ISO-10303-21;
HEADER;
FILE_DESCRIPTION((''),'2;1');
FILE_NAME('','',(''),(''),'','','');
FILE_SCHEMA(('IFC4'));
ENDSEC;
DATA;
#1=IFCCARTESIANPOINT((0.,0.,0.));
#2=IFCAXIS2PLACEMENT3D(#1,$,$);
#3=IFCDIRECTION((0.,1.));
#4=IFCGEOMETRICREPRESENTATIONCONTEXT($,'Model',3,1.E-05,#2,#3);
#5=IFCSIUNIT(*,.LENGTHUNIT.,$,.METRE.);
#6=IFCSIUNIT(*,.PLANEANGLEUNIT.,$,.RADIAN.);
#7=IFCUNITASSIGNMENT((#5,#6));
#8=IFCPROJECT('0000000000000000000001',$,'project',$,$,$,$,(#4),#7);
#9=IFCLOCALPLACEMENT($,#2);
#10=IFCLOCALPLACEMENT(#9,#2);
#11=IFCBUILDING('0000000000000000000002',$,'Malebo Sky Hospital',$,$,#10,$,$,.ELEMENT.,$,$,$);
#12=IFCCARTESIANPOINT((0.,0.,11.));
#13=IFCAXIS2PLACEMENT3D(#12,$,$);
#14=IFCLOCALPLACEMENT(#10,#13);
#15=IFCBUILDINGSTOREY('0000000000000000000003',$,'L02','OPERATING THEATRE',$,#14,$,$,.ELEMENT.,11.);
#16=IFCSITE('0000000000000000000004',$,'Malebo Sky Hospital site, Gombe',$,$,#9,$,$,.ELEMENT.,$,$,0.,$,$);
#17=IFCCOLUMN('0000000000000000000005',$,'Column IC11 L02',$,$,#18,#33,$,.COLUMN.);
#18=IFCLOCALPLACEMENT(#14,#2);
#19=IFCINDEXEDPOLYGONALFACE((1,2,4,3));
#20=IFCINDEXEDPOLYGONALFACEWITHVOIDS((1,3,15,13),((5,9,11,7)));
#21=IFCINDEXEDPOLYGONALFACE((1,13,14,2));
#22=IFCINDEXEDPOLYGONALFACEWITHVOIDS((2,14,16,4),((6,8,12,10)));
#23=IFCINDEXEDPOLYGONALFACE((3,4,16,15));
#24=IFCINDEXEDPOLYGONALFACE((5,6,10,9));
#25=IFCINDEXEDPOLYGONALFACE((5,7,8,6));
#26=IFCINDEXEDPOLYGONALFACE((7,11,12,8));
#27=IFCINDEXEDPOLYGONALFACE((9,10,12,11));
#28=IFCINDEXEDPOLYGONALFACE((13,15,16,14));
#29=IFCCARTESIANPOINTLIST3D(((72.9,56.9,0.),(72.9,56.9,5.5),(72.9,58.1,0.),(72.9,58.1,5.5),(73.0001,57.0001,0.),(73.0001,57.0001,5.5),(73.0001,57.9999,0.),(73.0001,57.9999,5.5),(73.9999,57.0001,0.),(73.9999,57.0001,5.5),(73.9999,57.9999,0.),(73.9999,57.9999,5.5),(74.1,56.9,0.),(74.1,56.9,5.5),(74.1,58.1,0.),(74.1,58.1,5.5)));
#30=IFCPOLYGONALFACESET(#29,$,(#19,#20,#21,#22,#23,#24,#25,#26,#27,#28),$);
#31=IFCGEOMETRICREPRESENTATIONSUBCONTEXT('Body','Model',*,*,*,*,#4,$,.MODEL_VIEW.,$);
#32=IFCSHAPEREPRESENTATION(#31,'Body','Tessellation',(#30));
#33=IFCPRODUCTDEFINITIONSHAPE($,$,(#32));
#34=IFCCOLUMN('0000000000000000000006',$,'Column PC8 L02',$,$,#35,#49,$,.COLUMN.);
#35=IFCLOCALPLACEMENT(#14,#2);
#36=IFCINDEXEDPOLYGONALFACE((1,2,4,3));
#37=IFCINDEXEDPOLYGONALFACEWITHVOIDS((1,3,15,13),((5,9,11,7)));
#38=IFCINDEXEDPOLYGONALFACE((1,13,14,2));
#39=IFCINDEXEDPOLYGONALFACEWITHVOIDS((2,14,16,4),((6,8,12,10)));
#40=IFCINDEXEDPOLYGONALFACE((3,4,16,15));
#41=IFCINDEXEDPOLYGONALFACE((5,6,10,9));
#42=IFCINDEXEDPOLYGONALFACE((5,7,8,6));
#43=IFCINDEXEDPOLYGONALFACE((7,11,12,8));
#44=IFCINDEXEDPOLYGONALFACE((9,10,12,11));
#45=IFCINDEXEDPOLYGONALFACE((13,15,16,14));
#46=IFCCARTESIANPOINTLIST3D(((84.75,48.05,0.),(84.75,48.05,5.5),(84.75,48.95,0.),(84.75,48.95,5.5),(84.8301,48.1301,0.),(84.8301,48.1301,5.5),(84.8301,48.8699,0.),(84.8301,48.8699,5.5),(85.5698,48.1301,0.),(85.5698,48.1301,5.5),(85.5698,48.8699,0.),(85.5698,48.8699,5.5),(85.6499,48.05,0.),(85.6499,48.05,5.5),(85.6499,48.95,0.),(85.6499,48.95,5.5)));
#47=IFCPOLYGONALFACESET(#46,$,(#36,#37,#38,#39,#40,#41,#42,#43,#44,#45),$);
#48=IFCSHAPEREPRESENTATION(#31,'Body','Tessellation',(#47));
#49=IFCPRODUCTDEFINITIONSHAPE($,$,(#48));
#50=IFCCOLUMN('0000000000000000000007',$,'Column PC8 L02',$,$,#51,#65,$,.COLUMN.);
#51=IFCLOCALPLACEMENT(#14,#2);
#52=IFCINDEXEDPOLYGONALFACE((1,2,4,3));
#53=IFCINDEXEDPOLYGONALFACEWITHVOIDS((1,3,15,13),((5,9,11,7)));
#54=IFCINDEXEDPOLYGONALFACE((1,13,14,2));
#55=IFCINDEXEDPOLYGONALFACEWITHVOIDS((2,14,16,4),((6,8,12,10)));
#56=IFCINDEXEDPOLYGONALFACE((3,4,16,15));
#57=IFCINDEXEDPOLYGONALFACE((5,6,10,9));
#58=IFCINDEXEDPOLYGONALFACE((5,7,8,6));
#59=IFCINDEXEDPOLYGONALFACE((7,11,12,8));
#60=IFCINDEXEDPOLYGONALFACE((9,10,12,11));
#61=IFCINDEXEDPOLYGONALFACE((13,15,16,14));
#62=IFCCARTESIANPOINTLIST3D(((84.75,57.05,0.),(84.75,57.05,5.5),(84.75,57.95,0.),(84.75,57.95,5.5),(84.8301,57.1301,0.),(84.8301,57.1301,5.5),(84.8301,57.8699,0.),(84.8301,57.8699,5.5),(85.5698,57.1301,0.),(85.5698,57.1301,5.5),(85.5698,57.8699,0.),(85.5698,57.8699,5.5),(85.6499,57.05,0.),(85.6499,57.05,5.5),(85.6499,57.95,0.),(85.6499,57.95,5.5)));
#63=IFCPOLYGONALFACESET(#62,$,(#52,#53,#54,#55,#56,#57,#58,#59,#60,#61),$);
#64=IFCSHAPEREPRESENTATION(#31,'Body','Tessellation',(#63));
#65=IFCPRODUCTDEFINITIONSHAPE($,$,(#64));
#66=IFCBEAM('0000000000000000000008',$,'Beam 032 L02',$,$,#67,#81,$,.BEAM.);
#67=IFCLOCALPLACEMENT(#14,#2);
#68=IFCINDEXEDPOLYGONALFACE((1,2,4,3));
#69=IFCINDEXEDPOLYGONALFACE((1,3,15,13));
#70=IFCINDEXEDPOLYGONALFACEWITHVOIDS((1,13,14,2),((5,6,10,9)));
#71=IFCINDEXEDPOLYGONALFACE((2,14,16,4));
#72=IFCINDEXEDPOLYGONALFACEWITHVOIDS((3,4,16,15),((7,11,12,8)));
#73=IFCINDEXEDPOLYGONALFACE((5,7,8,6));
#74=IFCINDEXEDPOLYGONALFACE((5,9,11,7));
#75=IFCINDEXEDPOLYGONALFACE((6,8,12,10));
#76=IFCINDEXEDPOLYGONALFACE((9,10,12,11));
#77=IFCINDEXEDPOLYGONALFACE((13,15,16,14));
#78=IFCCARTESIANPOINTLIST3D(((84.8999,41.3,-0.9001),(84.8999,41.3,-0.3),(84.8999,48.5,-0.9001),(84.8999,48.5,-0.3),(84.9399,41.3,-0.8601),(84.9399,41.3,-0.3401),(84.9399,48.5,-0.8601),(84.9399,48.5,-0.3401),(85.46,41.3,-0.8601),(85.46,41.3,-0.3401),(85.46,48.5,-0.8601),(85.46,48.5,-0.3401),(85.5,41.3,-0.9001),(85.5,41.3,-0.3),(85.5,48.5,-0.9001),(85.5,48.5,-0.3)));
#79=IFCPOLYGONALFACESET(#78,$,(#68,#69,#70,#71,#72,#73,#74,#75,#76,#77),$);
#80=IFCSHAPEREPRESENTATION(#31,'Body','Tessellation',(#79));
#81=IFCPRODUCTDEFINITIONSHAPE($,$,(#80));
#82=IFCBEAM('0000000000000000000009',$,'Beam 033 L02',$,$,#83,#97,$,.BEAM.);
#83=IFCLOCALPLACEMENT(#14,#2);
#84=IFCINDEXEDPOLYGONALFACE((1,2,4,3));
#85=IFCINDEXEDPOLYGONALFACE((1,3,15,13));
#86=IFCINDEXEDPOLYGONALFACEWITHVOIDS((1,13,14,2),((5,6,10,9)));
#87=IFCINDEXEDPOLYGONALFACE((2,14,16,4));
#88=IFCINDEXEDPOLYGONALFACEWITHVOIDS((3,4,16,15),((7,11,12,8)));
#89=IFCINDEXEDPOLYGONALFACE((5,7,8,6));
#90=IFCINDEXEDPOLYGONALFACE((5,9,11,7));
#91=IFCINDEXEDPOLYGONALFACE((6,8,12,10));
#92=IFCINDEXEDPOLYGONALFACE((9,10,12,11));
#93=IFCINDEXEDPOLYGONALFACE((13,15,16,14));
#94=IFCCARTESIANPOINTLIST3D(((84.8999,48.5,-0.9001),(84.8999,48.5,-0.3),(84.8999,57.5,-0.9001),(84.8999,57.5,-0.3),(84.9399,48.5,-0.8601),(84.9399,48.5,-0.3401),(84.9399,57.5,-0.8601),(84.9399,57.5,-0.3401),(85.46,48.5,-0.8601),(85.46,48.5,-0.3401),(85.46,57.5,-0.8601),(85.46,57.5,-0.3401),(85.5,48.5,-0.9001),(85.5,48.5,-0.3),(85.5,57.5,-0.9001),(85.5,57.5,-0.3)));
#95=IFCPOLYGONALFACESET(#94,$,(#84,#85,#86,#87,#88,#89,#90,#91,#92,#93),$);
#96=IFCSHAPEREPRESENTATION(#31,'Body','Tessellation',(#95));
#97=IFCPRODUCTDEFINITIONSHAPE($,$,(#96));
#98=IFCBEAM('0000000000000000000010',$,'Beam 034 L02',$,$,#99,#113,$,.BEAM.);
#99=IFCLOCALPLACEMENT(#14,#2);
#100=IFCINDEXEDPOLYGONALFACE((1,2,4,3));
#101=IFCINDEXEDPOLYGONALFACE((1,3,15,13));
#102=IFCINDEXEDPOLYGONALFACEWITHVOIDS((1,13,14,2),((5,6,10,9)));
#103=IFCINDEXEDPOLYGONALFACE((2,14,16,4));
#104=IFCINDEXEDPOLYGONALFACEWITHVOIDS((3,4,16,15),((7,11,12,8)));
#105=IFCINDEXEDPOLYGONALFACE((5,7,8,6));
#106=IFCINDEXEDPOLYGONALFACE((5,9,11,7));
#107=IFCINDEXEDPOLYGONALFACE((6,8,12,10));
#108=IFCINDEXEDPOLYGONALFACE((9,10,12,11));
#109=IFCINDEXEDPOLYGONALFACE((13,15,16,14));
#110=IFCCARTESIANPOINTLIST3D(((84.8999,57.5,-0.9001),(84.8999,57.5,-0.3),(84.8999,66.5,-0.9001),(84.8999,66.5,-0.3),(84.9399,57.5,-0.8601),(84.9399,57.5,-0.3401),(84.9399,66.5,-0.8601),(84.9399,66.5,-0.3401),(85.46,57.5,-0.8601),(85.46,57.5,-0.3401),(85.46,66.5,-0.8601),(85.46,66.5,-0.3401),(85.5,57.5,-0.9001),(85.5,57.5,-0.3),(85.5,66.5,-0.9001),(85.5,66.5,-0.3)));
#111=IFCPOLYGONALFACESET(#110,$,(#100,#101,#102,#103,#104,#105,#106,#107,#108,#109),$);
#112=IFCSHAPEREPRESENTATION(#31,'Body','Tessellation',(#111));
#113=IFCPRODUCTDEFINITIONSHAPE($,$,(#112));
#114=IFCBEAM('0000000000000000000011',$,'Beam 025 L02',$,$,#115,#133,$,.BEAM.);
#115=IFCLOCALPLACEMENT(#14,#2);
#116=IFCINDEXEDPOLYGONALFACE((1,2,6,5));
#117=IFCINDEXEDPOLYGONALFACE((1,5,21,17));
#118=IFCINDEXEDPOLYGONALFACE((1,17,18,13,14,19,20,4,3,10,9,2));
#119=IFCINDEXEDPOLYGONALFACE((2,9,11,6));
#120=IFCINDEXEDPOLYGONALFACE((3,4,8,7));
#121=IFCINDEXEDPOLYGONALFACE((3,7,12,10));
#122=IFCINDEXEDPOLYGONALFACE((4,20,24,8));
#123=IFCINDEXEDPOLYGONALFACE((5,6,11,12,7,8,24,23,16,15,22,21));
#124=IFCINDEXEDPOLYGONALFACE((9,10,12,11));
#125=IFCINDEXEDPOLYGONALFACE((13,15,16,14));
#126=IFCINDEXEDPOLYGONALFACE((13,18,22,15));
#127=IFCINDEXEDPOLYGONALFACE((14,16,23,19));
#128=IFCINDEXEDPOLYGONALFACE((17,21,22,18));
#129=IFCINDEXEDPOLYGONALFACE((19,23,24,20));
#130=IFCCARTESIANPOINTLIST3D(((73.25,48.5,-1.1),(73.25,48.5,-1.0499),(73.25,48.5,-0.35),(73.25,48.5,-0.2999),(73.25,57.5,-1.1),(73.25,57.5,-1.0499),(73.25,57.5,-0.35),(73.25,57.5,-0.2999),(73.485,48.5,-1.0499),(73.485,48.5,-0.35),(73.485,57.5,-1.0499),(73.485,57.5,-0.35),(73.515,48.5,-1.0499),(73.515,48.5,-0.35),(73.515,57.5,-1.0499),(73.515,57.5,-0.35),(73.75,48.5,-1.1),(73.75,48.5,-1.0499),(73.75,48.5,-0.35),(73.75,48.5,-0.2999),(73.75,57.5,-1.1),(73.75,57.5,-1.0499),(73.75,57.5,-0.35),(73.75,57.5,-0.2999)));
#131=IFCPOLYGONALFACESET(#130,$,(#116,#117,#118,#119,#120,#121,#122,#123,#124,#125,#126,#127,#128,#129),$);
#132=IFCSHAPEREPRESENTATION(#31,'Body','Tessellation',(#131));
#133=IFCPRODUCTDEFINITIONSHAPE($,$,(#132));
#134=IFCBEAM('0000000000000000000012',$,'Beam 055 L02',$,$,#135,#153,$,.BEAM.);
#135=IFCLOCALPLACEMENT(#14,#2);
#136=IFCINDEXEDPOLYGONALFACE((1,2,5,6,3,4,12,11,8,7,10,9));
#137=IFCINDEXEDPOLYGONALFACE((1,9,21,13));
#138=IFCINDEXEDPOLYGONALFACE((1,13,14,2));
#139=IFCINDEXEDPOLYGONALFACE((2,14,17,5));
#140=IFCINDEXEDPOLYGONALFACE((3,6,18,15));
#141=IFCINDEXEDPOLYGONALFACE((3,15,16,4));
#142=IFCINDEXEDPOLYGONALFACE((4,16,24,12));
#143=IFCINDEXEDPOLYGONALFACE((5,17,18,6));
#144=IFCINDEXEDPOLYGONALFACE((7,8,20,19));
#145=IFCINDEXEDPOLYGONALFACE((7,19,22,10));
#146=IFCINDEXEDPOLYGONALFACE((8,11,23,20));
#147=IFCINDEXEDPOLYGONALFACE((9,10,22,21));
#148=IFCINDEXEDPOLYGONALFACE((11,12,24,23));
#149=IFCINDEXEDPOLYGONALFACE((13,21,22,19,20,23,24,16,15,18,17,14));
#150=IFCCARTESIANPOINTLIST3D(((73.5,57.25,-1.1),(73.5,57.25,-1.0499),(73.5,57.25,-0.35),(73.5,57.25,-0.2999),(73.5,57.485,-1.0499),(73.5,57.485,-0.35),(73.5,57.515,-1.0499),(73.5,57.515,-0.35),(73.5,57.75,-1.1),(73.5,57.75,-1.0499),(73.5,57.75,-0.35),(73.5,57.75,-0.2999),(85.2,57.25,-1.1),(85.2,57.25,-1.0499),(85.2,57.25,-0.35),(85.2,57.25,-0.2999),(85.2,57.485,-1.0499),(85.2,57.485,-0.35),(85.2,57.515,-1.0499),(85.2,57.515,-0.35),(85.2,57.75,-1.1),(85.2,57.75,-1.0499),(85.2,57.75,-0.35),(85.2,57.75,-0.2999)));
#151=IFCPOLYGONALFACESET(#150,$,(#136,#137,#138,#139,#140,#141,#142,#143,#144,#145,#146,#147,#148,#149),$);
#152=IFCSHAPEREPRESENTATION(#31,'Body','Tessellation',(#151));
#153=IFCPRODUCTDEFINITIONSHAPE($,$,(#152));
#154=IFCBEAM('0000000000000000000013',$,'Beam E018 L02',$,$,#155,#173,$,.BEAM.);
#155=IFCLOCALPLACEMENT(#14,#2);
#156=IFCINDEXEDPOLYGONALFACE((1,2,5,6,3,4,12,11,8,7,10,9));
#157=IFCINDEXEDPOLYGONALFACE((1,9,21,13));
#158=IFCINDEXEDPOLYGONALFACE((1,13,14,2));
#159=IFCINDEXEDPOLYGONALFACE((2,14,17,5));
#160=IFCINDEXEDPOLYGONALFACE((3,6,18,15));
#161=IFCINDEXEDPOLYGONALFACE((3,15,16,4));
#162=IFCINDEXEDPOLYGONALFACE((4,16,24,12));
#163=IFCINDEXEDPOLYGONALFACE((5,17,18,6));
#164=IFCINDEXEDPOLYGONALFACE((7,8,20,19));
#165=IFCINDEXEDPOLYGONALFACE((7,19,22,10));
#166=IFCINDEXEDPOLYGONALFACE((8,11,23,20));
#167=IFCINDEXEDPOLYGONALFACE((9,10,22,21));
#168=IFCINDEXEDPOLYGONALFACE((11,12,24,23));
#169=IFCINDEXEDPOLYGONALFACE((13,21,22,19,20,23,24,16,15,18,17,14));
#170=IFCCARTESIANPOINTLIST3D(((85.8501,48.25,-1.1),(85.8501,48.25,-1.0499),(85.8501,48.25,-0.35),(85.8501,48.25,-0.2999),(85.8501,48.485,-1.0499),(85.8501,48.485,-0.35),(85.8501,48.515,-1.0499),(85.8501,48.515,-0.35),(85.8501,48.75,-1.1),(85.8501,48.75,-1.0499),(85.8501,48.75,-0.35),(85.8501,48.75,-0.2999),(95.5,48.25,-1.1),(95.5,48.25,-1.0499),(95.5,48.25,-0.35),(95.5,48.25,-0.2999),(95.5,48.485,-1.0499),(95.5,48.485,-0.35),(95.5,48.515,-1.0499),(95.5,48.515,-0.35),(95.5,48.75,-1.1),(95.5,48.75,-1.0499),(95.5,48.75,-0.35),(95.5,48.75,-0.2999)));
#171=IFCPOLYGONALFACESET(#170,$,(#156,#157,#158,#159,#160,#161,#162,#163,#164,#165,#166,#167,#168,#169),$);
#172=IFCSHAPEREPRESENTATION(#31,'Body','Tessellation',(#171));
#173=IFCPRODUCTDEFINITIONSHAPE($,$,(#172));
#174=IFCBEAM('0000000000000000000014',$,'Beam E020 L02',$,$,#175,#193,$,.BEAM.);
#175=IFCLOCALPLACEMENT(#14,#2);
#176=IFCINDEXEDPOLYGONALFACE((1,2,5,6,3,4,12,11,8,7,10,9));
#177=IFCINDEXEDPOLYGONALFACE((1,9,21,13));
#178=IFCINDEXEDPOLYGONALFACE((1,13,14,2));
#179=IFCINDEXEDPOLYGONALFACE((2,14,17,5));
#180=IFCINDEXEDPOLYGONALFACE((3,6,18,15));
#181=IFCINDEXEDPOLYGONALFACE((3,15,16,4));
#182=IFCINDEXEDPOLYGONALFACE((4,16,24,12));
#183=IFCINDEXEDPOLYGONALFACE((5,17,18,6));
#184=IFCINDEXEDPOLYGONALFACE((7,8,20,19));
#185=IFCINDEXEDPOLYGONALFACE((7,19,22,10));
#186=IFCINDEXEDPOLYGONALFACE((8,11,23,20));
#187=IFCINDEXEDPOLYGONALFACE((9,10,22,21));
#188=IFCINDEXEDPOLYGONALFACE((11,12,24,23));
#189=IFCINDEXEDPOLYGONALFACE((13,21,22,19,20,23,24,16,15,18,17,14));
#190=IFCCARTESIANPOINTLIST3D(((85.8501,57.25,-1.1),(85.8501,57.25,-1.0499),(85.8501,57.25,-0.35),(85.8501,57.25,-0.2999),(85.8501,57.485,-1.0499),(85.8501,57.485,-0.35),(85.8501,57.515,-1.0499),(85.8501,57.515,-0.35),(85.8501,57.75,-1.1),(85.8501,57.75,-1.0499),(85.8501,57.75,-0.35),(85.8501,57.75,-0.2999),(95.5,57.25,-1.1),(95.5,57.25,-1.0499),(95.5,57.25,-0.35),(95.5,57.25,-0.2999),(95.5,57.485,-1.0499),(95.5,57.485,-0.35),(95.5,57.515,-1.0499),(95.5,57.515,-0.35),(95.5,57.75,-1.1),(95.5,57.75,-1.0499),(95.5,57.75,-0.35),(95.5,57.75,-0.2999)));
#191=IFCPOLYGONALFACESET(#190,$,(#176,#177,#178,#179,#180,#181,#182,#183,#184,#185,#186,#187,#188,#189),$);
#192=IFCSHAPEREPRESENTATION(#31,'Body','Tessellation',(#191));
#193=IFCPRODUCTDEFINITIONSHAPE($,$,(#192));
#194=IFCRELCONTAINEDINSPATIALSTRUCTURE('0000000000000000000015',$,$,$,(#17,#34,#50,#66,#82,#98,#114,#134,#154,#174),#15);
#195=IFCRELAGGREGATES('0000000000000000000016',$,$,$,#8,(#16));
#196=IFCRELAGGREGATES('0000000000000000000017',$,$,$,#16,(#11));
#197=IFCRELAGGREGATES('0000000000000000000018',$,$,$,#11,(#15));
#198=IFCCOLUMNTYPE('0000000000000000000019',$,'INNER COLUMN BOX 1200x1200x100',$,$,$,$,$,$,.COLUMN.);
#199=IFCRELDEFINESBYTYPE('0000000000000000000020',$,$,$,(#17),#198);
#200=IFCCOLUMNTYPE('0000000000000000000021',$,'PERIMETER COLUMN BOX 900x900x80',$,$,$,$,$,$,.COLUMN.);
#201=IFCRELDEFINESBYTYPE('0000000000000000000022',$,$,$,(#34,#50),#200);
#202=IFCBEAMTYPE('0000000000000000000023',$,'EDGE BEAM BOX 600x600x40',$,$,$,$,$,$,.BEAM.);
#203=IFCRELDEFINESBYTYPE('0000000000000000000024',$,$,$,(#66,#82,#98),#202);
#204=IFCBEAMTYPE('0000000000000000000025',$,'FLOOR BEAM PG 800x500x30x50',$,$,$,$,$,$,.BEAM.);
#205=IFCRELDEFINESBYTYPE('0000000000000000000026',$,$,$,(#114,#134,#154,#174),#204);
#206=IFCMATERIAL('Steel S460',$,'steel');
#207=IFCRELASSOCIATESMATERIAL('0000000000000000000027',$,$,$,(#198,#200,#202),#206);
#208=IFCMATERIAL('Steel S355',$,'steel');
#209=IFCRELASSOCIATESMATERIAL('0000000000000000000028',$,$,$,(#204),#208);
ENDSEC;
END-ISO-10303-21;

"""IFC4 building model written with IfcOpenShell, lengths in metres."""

from ifc_helpers import new_model, si_unit, direction, frame, origin, origin_2d, place, context, subcontext, project, spatial, hollow_rectangle, i_section, extrude, material, material_profile, profile_set, type_object, element, save


model = new_model("IFC4")

# Units and contexts
model_context = context("Model", 3, precision=1e-05, world=origin(), true_north=direction((0.0, 1.0)))
body_context = subcontext(model_context, "Body", "Model", "MODEL_VIEW")
ifc_project = project(units=[si_unit("LENGTHUNIT", "METRE"), si_unit("PLANEANGLEUNIT", "RADIAN")], contexts=[model_context])

# Site, building, storey
site_placement = place(None, origin())
site = spatial("IfcSite", under=ifc_project, at=site_placement, Name="Malebo Sky Hospital site, Gombe", CompositionType="ELEMENT", RefElevation=0.0)
building_placement = place(site_placement, origin())
building = spatial("IfcBuilding", under=site, at=building_placement, Name="Malebo Sky Hospital", CompositionType="ELEMENT")
storey_placement = place(building_placement, frame((0.0, 0.0, 11.0)))
storey = spatial("IfcBuildingStorey", under=building, at=storey_placement, Name="L02", Description="OPERATING THEATRE", CompositionType="ELEMENT", Elevation=11.0)

# Columns
ifc_material_1 = material(Name="Steel S460", Category="steel")
ifc_material_profile_1 = material_profile(ifc_material_1, hollow_rectangle(XDim=1.2, YDim=1.2, WallThickness=0.1001, at=origin_2d()), Name="BOX 1200x1200x100")
ifc_profile_set_1 = profile_set([ifc_material_profile_1], Name="Steel S460")
column_type_1 = type_object("IfcColumnType", Name="INNER COLUMN BOX 1200x1200x100", PredefinedType="COLUMN", material=ifc_profile_set_1)
column_placement = place(storey_placement, frame((73.5, 57.5, 0.0), z_axis=(0.0, 0.0, 1.0), x_axis=(1.0, 0.0, 0.0)))
element("IfcColumn", 1, at=column_placement, inside=storey, type_object=column_type_1, Name="Column IC11 L02", PredefinedType="COLUMN", context=body_context, shape_type="SweptSolid", body=[
    extrude(hollow_rectangle(XDim=1.2, YDim=1.2, WallThickness=0.1001, at=origin_2d()), origin(), (0.0, 0.0, 1.0), 5.5),
])
ifc_material_profile_2 = material_profile(ifc_material_1, hollow_rectangle(XDim=0.8999, YDim=0.8999, WallThickness=0.0801, at=origin_2d()), Name="BOX 900x900x80")
ifc_profile_set_2 = profile_set([ifc_material_profile_2], Name="Steel S460")
column_type_2 = type_object("IfcColumnType", Name="PERIMETER COLUMN BOX 900x900x80", PredefinedType="COLUMN", material=ifc_profile_set_2)
for number, where, z_axis, x_axis, name in (
    (2, (85.2, 48.5, 0.0), (0.0, 0.0, 1.0), (1.0, 0.0, 0.0), "Column PC8 L02"),
    (3, (85.2, 57.5, 0.0), (0.0, 0.0, 1.0), (1.0, 0.0, 0.0), "Column PC8 L02"),
):
    element("IfcColumn", number, at=place(storey_placement, frame(where, z_axis=z_axis, x_axis=x_axis)), inside=storey, type_object=column_type_2, Name=name, PredefinedType="COLUMN", context=body_context, shape_type="SweptSolid", body=[
        extrude(hollow_rectangle(XDim=0.8999, YDim=0.8999, WallThickness=0.0801, at=origin_2d()), origin(), (0.0, 0.0, 1.0), 5.5),
    ])

# Beams
ifc_material_profile_3 = material_profile(ifc_material_1, hollow_rectangle(XDim=0.6001, YDim=0.6001, WallThickness=0.04, at=origin_2d()), Name="BOX 600x600x40")
ifc_profile_set_3 = profile_set([ifc_material_profile_3], Name="Steel S460")
beam_type_1 = type_object("IfcBeamType", Name="EDGE BEAM BOX 600x600x40", PredefinedType="BEAM", material=ifc_profile_set_3)
beam_1_placement = place(storey_placement, frame((85.2, 41.3, -0.6001), z_axis=(0.0, 1.0, 0.0), x_axis=(-1.0, 0.0, 0.0)))
element("IfcBeam", 4, at=beam_1_placement, inside=storey, type_object=beam_type_1, Name="Beam 032 L02", PredefinedType="BEAM", context=body_context, shape_type="SweptSolid", body=[
    extrude(hollow_rectangle(XDim=0.6001, YDim=0.6001, WallThickness=0.04, at=origin_2d()), origin(), (0.0, 0.0, 1.0), 7.2),
])
for number, where, z_axis, x_axis, name in (
    (5, (85.2, 48.5, -0.6001), (0.0, 1.0, 0.0), (-1.0, 0.0, 0.0), "Beam 033 L02"),
    (6, (85.2, 57.5, -0.6001), (0.0, 1.0, 0.0), (-1.0, 0.0, 0.0), "Beam 034 L02"),
):
    element("IfcBeam", number, at=place(storey_placement, frame(where, z_axis=z_axis, x_axis=x_axis)), inside=storey, type_object=beam_type_1, Name=name, PredefinedType="BEAM", context=body_context, shape_type="SweptSolid", body=[
        extrude(hollow_rectangle(XDim=0.6001, YDim=0.6001, WallThickness=0.04, at=origin_2d()), origin(), (0.0, 0.0, 1.0), 9.0),
    ])
ifc_material_2 = material(Name="Steel S355", Category="steel")
ifc_material_profile_4 = material_profile(ifc_material_2, i_section(OverallWidth=0.5, OverallDepth=0.8, WebThickness=0.03, FlangeThickness=0.05, at=origin_2d()), Name="PG 800x500x30x50")
ifc_profile_set_4 = profile_set([ifc_material_profile_4], Name="Steel S355")
beam_type_2 = type_object("IfcBeamType", Name="FLOOR BEAM PG 800x500x30x50", PredefinedType="BEAM", material=ifc_profile_set_4)
beam_2_placement = place(storey_placement, frame((73.5, 48.5, -0.7), z_axis=(0.0, 1.0, 0.0), x_axis=(-1.0, 0.0, 0.0)))
element("IfcBeam", 7, at=beam_2_placement, inside=storey, type_object=beam_type_2, Name="Beam 025 L02", PredefinedType="BEAM", context=body_context, shape_type="SweptSolid", body=[
    extrude(i_section(OverallWidth=0.5, OverallDepth=0.8, WebThickness=0.03, FlangeThickness=0.05, at=origin_2d()), origin(), (0.0, 0.0, 1.0), 9.0),
])
beam_3_placement = place(storey_placement, frame((73.5, 57.5, -0.7), z_axis=(1.0, 0.0, 0.0), x_axis=(0.0, 1.0, 0.0)))
element("IfcBeam", 8, at=beam_3_placement, inside=storey, type_object=beam_type_2, Name="Beam 055 L02", PredefinedType="BEAM", context=body_context, shape_type="SweptSolid", body=[
    extrude(i_section(OverallWidth=0.5, OverallDepth=0.8, WebThickness=0.03, FlangeThickness=0.05, at=origin_2d()), origin(), (0.0, 0.0, 1.0), 11.7),
])
for number, where, z_axis, x_axis, name in (
    (9, (85.8501, 48.5, -0.7), (1.0, 0.0, 0.0), (0.0, 1.0, 0.0), "Beam E018 L02"),
    (10, (85.8501, 57.5, -0.7), (1.0, 0.0, 0.0), (0.0, 1.0, 0.0), "Beam E020 L02"),
):
    element("IfcBeam", number, at=place(storey_placement, frame(where, z_axis=z_axis, x_axis=x_axis)), inside=storey, type_object=beam_type_2, Name=name, PredefinedType="BEAM", context=body_context, shape_type="SweptSolid", body=[
        extrude(i_section(OverallWidth=0.5, OverallDepth=0.8, WebThickness=0.03, FlangeThickness=0.05, at=origin_2d()), origin(), (0.0, 0.0, 1.0), 9.6499),
    ])

save(model, "model.ifc")
